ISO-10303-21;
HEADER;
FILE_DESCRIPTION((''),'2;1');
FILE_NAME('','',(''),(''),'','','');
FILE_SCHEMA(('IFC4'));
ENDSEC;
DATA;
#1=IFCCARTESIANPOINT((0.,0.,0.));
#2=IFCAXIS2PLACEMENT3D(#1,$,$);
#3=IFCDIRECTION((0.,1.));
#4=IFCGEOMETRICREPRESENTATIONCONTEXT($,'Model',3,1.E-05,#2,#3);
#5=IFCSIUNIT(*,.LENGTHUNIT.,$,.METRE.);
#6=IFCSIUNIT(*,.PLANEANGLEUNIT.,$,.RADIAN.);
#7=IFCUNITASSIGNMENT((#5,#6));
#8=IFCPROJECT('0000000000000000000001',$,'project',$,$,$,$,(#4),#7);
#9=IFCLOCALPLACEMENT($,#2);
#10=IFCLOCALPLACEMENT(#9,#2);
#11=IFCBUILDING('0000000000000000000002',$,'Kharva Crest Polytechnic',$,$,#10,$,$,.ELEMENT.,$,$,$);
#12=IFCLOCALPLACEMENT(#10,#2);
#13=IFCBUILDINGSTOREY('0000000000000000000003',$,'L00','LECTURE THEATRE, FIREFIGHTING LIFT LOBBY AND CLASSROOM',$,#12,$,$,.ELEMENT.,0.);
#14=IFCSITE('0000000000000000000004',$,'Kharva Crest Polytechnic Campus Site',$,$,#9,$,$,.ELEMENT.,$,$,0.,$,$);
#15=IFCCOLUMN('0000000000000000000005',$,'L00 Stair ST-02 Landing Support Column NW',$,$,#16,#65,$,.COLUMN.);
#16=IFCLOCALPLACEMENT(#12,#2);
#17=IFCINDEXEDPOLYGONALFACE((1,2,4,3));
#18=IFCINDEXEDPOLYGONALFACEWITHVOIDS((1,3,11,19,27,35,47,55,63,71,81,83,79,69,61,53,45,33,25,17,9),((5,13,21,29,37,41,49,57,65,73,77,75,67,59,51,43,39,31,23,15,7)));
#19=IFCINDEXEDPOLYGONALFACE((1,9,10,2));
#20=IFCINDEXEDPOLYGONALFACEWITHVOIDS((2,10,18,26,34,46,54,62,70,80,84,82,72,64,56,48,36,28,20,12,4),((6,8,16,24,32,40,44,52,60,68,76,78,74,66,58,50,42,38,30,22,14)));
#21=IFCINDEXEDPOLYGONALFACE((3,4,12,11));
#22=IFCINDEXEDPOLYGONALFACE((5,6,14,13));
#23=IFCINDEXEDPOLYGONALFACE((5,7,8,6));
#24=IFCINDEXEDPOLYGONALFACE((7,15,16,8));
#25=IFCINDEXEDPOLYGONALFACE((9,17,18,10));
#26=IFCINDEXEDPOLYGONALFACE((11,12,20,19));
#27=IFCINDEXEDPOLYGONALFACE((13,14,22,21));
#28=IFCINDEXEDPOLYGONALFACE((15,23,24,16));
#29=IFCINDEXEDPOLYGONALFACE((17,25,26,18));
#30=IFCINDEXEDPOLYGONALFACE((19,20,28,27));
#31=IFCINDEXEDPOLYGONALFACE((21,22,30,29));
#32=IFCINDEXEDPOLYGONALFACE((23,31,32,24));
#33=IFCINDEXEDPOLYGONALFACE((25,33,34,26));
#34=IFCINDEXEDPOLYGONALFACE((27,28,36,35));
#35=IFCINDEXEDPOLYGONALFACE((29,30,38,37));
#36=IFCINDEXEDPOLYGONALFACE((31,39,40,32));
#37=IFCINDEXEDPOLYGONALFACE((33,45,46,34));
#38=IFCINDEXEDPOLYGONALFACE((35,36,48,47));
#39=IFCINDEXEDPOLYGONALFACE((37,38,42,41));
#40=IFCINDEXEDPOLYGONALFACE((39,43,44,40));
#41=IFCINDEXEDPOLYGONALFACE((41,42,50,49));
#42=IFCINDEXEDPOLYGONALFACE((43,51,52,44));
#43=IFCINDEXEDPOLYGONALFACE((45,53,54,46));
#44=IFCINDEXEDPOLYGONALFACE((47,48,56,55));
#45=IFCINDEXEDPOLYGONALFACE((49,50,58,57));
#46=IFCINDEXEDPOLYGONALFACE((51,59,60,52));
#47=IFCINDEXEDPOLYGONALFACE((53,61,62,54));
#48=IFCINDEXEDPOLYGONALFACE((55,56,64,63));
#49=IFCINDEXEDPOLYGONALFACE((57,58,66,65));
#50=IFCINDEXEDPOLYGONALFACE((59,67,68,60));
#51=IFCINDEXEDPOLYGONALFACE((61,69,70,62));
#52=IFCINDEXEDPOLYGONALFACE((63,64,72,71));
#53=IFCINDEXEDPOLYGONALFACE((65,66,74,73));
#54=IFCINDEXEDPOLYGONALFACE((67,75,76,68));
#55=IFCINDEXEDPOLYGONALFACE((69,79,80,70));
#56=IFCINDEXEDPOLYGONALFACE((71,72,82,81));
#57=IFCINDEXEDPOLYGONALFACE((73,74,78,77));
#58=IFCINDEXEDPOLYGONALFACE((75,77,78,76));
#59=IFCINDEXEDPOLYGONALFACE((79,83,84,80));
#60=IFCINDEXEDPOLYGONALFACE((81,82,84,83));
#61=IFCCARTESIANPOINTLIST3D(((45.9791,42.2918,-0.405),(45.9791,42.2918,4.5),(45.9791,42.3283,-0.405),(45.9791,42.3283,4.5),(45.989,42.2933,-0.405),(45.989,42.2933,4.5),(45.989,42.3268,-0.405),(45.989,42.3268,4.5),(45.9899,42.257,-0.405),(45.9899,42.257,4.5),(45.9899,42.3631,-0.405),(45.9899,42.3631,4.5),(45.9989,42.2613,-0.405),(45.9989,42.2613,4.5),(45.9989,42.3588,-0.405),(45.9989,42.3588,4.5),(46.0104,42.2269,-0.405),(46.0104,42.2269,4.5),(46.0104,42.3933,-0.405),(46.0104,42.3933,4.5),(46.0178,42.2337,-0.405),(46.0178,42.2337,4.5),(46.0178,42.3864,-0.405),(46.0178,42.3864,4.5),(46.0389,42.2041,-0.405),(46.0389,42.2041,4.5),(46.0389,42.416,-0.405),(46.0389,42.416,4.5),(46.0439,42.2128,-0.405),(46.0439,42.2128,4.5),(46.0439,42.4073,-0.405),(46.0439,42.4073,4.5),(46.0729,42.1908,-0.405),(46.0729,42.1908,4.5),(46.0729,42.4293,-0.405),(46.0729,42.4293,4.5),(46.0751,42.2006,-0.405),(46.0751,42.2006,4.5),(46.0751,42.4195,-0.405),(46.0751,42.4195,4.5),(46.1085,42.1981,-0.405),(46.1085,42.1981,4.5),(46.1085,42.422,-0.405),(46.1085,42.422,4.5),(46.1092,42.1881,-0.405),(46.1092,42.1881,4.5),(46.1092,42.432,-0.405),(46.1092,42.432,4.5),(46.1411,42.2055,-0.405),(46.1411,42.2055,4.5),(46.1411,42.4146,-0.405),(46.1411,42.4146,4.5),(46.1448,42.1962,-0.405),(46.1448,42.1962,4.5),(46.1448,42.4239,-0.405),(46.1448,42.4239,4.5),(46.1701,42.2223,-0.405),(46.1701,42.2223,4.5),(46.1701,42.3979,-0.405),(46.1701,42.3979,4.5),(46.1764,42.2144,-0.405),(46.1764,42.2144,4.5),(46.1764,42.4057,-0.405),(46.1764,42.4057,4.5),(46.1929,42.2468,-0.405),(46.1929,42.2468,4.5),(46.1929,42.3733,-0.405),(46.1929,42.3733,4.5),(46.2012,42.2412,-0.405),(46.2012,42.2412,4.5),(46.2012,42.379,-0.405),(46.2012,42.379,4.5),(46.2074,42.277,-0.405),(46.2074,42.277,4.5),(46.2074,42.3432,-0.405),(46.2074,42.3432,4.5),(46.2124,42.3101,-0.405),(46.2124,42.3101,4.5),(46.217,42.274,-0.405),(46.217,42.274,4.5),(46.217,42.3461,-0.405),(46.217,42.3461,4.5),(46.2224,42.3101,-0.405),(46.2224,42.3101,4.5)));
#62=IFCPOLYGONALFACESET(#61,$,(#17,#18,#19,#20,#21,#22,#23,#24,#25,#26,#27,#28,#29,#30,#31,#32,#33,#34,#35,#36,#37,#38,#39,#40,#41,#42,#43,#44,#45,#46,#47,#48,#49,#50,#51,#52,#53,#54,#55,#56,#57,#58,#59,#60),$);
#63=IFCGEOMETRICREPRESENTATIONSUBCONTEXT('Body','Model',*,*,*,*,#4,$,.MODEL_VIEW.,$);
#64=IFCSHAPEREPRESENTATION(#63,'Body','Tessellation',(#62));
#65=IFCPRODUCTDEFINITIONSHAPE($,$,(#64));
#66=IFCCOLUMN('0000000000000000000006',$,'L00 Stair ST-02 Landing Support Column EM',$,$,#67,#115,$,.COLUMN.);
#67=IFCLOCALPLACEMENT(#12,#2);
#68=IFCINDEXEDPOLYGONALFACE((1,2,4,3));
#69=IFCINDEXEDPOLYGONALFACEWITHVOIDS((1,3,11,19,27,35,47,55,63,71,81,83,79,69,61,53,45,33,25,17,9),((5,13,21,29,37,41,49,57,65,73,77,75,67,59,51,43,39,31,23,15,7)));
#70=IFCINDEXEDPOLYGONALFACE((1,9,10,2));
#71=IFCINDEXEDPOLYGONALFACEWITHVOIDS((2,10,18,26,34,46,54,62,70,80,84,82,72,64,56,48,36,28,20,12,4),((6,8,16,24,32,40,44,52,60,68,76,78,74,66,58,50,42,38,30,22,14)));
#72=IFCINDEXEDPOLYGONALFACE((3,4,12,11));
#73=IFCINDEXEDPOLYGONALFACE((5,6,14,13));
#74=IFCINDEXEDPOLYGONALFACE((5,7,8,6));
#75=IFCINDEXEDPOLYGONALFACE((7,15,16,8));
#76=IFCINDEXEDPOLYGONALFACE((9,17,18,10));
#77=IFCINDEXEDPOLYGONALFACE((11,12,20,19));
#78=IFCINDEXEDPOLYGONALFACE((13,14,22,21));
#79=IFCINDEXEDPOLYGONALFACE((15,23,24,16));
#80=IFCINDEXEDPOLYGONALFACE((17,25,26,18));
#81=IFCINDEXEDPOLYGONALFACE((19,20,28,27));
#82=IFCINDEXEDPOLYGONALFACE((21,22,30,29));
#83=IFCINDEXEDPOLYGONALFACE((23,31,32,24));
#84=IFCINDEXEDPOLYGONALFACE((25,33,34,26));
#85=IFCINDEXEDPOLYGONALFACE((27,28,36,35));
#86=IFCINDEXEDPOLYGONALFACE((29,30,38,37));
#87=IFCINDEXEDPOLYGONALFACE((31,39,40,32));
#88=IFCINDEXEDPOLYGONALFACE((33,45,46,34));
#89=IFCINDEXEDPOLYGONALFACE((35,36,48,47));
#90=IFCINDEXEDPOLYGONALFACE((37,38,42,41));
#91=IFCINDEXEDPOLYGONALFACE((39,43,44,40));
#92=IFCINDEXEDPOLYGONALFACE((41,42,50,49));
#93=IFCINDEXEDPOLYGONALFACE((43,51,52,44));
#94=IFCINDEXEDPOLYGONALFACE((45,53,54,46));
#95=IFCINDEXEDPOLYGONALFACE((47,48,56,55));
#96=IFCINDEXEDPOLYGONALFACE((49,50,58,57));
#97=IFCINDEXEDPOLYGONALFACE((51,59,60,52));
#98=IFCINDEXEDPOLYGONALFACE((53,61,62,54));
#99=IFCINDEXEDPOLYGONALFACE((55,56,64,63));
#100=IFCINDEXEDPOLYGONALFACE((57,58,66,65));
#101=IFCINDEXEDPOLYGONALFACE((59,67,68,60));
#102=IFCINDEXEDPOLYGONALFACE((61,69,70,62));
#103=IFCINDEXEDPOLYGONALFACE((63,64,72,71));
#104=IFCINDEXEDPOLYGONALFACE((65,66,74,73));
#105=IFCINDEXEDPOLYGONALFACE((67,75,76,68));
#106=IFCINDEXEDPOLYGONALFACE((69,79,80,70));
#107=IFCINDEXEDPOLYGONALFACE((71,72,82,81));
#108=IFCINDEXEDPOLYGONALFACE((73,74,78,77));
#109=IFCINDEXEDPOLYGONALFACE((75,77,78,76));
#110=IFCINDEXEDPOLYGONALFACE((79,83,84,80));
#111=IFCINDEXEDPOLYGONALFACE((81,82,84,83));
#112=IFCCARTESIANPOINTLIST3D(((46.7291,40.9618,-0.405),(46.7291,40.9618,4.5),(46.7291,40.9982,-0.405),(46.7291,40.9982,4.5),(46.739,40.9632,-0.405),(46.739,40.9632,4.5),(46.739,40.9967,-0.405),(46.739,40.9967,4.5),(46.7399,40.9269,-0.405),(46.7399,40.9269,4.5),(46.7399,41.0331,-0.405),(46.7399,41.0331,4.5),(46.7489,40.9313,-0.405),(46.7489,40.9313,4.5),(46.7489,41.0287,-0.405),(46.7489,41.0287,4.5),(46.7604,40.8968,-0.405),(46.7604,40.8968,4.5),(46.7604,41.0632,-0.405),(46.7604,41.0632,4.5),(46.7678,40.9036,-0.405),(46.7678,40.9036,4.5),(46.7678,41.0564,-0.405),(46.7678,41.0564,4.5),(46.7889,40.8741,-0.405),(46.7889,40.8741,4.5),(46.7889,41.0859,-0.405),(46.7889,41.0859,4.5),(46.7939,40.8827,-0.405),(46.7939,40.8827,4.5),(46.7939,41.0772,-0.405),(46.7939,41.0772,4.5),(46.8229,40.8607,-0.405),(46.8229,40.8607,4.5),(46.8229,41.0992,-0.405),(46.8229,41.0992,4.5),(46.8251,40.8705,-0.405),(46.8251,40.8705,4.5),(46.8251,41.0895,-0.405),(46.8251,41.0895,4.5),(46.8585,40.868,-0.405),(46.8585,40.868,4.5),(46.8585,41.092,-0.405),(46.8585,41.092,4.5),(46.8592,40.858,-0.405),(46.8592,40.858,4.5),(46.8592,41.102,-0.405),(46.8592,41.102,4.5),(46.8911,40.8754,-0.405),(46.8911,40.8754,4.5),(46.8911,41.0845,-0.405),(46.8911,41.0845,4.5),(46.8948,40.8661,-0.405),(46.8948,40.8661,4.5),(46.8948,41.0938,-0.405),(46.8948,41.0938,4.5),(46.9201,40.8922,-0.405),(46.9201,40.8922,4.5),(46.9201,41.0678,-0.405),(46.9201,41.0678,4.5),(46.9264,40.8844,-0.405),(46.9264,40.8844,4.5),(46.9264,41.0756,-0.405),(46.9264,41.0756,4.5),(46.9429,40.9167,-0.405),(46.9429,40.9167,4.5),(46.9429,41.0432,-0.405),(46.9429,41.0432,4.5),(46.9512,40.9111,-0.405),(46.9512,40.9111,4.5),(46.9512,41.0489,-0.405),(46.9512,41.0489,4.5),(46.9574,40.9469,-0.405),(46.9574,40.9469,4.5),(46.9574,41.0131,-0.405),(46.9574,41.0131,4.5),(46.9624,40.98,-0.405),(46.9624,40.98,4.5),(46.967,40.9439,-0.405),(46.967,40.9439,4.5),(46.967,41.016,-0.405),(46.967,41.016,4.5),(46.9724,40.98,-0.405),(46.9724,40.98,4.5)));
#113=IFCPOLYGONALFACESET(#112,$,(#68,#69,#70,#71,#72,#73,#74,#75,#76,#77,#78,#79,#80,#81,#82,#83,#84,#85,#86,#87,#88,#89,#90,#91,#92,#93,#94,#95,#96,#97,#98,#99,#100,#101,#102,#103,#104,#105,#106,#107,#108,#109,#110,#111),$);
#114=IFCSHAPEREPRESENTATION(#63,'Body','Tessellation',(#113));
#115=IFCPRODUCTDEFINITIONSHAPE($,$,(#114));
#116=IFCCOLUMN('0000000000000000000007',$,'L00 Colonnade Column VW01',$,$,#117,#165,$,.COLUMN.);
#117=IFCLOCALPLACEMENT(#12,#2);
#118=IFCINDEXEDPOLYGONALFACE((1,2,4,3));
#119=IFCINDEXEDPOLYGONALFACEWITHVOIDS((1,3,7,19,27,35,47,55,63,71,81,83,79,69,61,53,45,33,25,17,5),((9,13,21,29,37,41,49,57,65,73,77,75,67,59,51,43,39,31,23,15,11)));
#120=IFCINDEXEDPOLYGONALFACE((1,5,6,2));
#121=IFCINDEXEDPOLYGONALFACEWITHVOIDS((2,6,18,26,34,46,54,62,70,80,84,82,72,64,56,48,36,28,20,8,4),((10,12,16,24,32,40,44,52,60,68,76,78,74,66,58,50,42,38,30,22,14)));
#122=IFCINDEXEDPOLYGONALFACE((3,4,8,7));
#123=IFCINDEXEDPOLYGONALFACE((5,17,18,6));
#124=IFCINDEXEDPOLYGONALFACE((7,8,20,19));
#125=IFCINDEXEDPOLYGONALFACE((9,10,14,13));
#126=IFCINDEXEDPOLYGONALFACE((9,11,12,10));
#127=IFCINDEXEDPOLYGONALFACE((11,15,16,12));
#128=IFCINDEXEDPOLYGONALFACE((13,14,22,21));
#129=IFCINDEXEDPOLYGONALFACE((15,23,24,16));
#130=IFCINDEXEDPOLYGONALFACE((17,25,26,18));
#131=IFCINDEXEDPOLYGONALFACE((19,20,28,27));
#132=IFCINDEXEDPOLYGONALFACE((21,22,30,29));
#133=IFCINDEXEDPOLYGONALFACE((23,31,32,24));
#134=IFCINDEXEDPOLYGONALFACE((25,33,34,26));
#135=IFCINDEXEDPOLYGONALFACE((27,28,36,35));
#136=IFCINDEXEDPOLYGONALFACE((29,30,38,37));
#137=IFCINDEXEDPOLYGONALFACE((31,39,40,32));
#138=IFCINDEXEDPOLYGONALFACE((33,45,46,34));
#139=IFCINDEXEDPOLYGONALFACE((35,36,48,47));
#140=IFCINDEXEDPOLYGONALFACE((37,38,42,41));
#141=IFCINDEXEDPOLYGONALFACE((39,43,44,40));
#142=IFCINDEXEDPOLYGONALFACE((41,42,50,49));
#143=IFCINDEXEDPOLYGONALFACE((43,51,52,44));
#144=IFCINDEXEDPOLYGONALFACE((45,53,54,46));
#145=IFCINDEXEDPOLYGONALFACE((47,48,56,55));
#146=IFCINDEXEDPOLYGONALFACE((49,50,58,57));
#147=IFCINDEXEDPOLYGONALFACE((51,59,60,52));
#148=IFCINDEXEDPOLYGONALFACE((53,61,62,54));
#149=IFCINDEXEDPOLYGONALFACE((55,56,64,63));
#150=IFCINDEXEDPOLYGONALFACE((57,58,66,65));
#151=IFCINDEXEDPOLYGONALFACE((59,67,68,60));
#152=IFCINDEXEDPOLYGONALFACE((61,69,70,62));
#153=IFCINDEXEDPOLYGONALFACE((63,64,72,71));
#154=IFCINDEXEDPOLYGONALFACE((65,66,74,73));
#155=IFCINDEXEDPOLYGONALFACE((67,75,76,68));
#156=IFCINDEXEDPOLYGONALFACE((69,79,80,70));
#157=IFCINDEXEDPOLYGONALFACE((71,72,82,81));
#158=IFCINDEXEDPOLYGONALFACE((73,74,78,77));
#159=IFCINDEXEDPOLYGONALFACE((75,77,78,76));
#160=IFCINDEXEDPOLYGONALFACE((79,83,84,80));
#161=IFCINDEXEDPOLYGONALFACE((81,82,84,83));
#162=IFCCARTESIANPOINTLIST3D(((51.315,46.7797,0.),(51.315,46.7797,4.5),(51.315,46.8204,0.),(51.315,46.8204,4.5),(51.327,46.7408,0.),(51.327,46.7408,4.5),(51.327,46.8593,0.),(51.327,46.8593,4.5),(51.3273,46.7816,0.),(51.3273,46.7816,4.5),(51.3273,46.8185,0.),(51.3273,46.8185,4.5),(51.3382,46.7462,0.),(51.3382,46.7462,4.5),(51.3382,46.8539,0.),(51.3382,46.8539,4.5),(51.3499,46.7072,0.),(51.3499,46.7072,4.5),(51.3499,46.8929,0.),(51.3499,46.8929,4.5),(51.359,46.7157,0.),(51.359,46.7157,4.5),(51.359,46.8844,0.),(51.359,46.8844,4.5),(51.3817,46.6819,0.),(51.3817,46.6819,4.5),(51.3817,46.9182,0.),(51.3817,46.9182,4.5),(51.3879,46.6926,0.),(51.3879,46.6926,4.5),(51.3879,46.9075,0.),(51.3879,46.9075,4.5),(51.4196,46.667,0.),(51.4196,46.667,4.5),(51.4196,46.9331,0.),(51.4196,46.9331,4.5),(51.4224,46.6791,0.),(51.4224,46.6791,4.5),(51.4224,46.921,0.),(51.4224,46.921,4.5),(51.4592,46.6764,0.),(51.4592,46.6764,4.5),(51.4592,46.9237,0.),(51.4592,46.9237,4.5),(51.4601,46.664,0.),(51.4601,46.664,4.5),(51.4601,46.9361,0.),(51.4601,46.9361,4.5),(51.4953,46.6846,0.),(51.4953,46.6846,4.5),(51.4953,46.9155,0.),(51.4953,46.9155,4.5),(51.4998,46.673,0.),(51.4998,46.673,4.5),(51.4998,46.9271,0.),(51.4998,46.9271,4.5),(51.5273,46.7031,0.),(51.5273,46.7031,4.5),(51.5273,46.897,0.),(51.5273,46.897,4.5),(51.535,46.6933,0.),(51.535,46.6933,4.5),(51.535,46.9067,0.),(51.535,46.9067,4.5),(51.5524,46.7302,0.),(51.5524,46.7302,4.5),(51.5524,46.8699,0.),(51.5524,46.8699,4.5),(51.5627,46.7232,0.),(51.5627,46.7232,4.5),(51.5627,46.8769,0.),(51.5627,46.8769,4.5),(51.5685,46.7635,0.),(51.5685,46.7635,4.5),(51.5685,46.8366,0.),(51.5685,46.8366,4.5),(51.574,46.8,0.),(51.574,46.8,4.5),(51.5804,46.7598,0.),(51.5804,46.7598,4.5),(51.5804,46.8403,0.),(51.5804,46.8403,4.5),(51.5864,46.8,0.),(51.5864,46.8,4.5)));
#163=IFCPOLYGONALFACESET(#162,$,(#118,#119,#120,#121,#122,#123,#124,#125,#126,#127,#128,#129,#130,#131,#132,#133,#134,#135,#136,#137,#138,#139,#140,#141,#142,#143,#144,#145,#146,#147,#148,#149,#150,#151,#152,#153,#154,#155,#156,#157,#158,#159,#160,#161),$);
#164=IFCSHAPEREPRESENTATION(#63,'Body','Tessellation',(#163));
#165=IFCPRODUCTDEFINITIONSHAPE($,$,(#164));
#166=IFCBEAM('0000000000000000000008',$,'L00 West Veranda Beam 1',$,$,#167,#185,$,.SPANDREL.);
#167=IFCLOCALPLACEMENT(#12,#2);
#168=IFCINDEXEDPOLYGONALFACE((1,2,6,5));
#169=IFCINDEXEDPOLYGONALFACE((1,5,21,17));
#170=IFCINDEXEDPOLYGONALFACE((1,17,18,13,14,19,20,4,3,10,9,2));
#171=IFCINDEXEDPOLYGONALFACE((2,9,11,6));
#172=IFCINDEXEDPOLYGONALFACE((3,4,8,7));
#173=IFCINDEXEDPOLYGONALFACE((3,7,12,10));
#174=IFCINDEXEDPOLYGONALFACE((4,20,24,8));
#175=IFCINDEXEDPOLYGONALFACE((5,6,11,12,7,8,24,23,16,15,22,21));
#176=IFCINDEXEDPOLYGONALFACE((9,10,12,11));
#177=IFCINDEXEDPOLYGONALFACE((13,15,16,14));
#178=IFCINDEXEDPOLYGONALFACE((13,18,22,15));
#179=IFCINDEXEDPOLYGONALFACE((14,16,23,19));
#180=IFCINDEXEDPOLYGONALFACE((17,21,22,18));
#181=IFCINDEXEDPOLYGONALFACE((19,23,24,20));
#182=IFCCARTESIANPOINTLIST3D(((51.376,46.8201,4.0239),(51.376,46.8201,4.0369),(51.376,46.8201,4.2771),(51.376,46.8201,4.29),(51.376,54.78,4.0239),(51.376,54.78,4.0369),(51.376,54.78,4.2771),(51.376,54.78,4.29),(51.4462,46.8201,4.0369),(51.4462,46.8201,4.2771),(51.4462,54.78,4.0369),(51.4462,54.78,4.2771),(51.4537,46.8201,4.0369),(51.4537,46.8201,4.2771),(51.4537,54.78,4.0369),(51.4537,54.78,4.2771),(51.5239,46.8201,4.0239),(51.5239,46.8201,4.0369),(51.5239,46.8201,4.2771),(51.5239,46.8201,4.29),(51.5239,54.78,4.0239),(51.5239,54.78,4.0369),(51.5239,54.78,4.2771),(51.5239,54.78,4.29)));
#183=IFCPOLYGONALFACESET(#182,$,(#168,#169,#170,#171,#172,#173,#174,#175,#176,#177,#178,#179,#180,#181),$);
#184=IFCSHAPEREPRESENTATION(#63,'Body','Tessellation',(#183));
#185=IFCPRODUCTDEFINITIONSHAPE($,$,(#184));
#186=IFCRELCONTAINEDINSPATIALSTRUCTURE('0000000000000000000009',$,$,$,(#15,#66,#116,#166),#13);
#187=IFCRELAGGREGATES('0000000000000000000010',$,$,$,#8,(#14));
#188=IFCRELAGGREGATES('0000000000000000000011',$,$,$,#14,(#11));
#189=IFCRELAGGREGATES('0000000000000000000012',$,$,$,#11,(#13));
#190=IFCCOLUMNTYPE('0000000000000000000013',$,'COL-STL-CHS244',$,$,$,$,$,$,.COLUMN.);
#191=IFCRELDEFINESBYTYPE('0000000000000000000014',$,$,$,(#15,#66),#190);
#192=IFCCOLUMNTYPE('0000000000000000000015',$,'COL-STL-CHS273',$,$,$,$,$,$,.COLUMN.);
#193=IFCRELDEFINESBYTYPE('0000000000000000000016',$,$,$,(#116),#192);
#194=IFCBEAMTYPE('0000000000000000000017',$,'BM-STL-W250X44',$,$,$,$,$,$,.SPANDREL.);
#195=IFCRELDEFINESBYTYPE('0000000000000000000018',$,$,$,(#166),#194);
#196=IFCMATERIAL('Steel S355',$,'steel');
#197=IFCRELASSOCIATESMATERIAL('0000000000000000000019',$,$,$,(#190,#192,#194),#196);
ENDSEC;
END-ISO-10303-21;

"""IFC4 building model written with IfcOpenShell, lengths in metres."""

from ifc_helpers import new_model, si_unit, direction, frame, origin, origin_2d, place, context, subcontext, project, spatial, hollow_circle, i_section, extrude, material, material_profile, profile_set, type_object, element, save


model = new_model("IFC4")

# Units and contexts
model_context = context("Model", 3, precision=1e-05, world=origin(), true_north=direction((0.0, 1.0)))
body_context = subcontext(model_context, "Body", "Model", "MODEL_VIEW")
ifc_project = project(units=[si_unit("LENGTHUNIT", "METRE"), si_unit("PLANEANGLEUNIT", "RADIAN")], contexts=[model_context])

# Site, building, storey
site_placement = place(None, origin())
site = spatial("IfcSite", under=ifc_project, at=site_placement, Name="Kharva Crest Polytechnic Campus Site", CompositionType="ELEMENT", RefElevation=0.0)
building_placement = place(site_placement, origin())
building = spatial("IfcBuilding", under=site, at=building_placement, Name="Kharva Crest Polytechnic", CompositionType="ELEMENT")
storey_placement = place(building_placement, origin())
storey = spatial("IfcBuildingStorey", under=building, at=storey_placement, Name="L00", Description="LECTURE THEATRE, FIREFIGHTING LIFT LOBBY AND CLASSROOM", CompositionType="ELEMENT", Elevation=0.0)

# Columns
ifc_material_1 = material(Name="Steel S355", Category="steel")
ifc_material_profile_1 = material_profile(ifc_material_1, hollow_circle(Radius=0.1223, WallThickness=0.01, at=origin_2d()), Name="CHS 244.5X10.0")
ifc_profile_set_1 = profile_set([ifc_material_profile_1], Name="Steel S355")
column_type_1 = type_object("IfcColumnType", Name="COL-STL-CHS244", PredefinedType="COLUMN", material=ifc_profile_set_1)
for number, where, z_axis, x_axis, name in (
    (1, (46.1001, 42.3101, -0.405), (0.0, 0.0, 1.0), (1.0, 0.0, 0.0), "L00 Stair ST-02 Landing Support Column NW"),
    (2, (46.8501, 40.98, -0.405), (0.0, 0.0, 1.0), (1.0, 0.0, 0.0), "L00 Stair ST-02 Landing Support Column EM"),
):
    element("IfcColumn", number, at=place(storey_placement, frame(where, z_axis=z_axis, x_axis=x_axis)), inside=storey, type_object=column_type_1, Name=name, PredefinedType="COLUMN", context=body_context, shape_type="SweptSolid", body=[
        extrude(hollow_circle(Radius=0.1223, WallThickness=0.01, at=origin_2d()), origin(), (0.0, 0.0, 1.0), 4.905),
    ])
ifc_material_profile_2 = material_profile(ifc_material_1, hollow_circle(Radius=0.1365, WallThickness=0.0125, at=origin_2d()), Name="CHS 273.0X12.5")
ifc_profile_set_2 = profile_set([ifc_material_profile_2], Name="Steel S355")
column_type_2 = type_object("IfcColumnType", Name="COL-STL-CHS273", PredefinedType="COLUMN", material=ifc_profile_set_2)
column_1_placement = place(storey_placement, frame((51.45, 46.8, 0.0), z_axis=(0.0, 0.0, 1.0), x_axis=(1.0, 0.0, 0.0)))
element("IfcColumn", 3, at=column_1_placement, inside=storey, type_object=column_type_2, Name="L00 Colonnade Column VW01", PredefinedType="COLUMN", context=body_context, shape_type="SweptSolid", body=[
    extrude(hollow_circle(Radius=0.1365, WallThickness=0.0125, at=origin_2d()), origin(), (0.0, 0.0, 1.0), 4.5),
])

# Beam
ifc_material_profile_3 = material_profile(ifc_material_1, i_section(OverallWidth=0.1479, OverallDepth=0.2661, WebThickness=0.0076, FlangeThickness=0.0129, at=origin_2d()), Name="W250X44.8")
ifc_profile_set_3 = profile_set([ifc_material_profile_3], Name="Steel S355")
beam_type_1 = type_object("IfcBeamType", Name="BM-STL-W250X44", PredefinedType="SPANDREL", material=ifc_profile_set_3)
beam_1_placement = place(storey_placement, frame((51.45, 46.8201, 4.157), z_axis=(0.0, 1.0, 0.0), x_axis=(-1.0, 0.0, 0.0)))
element("IfcBeam", 4, at=beam_1_placement, inside=storey, type_object=beam_type_1, Name="L00 West Veranda Beam 1", PredefinedType="SPANDREL", context=body_context, shape_type="SweptSolid", body=[
    extrude(i_section(OverallWidth=0.1479, OverallDepth=0.2661, WebThickness=0.0076, FlangeThickness=0.0129, at=origin_2d()), origin(), (0.0, 0.0, 1.0), 7.96),
])

save(model, "model.ifc")
